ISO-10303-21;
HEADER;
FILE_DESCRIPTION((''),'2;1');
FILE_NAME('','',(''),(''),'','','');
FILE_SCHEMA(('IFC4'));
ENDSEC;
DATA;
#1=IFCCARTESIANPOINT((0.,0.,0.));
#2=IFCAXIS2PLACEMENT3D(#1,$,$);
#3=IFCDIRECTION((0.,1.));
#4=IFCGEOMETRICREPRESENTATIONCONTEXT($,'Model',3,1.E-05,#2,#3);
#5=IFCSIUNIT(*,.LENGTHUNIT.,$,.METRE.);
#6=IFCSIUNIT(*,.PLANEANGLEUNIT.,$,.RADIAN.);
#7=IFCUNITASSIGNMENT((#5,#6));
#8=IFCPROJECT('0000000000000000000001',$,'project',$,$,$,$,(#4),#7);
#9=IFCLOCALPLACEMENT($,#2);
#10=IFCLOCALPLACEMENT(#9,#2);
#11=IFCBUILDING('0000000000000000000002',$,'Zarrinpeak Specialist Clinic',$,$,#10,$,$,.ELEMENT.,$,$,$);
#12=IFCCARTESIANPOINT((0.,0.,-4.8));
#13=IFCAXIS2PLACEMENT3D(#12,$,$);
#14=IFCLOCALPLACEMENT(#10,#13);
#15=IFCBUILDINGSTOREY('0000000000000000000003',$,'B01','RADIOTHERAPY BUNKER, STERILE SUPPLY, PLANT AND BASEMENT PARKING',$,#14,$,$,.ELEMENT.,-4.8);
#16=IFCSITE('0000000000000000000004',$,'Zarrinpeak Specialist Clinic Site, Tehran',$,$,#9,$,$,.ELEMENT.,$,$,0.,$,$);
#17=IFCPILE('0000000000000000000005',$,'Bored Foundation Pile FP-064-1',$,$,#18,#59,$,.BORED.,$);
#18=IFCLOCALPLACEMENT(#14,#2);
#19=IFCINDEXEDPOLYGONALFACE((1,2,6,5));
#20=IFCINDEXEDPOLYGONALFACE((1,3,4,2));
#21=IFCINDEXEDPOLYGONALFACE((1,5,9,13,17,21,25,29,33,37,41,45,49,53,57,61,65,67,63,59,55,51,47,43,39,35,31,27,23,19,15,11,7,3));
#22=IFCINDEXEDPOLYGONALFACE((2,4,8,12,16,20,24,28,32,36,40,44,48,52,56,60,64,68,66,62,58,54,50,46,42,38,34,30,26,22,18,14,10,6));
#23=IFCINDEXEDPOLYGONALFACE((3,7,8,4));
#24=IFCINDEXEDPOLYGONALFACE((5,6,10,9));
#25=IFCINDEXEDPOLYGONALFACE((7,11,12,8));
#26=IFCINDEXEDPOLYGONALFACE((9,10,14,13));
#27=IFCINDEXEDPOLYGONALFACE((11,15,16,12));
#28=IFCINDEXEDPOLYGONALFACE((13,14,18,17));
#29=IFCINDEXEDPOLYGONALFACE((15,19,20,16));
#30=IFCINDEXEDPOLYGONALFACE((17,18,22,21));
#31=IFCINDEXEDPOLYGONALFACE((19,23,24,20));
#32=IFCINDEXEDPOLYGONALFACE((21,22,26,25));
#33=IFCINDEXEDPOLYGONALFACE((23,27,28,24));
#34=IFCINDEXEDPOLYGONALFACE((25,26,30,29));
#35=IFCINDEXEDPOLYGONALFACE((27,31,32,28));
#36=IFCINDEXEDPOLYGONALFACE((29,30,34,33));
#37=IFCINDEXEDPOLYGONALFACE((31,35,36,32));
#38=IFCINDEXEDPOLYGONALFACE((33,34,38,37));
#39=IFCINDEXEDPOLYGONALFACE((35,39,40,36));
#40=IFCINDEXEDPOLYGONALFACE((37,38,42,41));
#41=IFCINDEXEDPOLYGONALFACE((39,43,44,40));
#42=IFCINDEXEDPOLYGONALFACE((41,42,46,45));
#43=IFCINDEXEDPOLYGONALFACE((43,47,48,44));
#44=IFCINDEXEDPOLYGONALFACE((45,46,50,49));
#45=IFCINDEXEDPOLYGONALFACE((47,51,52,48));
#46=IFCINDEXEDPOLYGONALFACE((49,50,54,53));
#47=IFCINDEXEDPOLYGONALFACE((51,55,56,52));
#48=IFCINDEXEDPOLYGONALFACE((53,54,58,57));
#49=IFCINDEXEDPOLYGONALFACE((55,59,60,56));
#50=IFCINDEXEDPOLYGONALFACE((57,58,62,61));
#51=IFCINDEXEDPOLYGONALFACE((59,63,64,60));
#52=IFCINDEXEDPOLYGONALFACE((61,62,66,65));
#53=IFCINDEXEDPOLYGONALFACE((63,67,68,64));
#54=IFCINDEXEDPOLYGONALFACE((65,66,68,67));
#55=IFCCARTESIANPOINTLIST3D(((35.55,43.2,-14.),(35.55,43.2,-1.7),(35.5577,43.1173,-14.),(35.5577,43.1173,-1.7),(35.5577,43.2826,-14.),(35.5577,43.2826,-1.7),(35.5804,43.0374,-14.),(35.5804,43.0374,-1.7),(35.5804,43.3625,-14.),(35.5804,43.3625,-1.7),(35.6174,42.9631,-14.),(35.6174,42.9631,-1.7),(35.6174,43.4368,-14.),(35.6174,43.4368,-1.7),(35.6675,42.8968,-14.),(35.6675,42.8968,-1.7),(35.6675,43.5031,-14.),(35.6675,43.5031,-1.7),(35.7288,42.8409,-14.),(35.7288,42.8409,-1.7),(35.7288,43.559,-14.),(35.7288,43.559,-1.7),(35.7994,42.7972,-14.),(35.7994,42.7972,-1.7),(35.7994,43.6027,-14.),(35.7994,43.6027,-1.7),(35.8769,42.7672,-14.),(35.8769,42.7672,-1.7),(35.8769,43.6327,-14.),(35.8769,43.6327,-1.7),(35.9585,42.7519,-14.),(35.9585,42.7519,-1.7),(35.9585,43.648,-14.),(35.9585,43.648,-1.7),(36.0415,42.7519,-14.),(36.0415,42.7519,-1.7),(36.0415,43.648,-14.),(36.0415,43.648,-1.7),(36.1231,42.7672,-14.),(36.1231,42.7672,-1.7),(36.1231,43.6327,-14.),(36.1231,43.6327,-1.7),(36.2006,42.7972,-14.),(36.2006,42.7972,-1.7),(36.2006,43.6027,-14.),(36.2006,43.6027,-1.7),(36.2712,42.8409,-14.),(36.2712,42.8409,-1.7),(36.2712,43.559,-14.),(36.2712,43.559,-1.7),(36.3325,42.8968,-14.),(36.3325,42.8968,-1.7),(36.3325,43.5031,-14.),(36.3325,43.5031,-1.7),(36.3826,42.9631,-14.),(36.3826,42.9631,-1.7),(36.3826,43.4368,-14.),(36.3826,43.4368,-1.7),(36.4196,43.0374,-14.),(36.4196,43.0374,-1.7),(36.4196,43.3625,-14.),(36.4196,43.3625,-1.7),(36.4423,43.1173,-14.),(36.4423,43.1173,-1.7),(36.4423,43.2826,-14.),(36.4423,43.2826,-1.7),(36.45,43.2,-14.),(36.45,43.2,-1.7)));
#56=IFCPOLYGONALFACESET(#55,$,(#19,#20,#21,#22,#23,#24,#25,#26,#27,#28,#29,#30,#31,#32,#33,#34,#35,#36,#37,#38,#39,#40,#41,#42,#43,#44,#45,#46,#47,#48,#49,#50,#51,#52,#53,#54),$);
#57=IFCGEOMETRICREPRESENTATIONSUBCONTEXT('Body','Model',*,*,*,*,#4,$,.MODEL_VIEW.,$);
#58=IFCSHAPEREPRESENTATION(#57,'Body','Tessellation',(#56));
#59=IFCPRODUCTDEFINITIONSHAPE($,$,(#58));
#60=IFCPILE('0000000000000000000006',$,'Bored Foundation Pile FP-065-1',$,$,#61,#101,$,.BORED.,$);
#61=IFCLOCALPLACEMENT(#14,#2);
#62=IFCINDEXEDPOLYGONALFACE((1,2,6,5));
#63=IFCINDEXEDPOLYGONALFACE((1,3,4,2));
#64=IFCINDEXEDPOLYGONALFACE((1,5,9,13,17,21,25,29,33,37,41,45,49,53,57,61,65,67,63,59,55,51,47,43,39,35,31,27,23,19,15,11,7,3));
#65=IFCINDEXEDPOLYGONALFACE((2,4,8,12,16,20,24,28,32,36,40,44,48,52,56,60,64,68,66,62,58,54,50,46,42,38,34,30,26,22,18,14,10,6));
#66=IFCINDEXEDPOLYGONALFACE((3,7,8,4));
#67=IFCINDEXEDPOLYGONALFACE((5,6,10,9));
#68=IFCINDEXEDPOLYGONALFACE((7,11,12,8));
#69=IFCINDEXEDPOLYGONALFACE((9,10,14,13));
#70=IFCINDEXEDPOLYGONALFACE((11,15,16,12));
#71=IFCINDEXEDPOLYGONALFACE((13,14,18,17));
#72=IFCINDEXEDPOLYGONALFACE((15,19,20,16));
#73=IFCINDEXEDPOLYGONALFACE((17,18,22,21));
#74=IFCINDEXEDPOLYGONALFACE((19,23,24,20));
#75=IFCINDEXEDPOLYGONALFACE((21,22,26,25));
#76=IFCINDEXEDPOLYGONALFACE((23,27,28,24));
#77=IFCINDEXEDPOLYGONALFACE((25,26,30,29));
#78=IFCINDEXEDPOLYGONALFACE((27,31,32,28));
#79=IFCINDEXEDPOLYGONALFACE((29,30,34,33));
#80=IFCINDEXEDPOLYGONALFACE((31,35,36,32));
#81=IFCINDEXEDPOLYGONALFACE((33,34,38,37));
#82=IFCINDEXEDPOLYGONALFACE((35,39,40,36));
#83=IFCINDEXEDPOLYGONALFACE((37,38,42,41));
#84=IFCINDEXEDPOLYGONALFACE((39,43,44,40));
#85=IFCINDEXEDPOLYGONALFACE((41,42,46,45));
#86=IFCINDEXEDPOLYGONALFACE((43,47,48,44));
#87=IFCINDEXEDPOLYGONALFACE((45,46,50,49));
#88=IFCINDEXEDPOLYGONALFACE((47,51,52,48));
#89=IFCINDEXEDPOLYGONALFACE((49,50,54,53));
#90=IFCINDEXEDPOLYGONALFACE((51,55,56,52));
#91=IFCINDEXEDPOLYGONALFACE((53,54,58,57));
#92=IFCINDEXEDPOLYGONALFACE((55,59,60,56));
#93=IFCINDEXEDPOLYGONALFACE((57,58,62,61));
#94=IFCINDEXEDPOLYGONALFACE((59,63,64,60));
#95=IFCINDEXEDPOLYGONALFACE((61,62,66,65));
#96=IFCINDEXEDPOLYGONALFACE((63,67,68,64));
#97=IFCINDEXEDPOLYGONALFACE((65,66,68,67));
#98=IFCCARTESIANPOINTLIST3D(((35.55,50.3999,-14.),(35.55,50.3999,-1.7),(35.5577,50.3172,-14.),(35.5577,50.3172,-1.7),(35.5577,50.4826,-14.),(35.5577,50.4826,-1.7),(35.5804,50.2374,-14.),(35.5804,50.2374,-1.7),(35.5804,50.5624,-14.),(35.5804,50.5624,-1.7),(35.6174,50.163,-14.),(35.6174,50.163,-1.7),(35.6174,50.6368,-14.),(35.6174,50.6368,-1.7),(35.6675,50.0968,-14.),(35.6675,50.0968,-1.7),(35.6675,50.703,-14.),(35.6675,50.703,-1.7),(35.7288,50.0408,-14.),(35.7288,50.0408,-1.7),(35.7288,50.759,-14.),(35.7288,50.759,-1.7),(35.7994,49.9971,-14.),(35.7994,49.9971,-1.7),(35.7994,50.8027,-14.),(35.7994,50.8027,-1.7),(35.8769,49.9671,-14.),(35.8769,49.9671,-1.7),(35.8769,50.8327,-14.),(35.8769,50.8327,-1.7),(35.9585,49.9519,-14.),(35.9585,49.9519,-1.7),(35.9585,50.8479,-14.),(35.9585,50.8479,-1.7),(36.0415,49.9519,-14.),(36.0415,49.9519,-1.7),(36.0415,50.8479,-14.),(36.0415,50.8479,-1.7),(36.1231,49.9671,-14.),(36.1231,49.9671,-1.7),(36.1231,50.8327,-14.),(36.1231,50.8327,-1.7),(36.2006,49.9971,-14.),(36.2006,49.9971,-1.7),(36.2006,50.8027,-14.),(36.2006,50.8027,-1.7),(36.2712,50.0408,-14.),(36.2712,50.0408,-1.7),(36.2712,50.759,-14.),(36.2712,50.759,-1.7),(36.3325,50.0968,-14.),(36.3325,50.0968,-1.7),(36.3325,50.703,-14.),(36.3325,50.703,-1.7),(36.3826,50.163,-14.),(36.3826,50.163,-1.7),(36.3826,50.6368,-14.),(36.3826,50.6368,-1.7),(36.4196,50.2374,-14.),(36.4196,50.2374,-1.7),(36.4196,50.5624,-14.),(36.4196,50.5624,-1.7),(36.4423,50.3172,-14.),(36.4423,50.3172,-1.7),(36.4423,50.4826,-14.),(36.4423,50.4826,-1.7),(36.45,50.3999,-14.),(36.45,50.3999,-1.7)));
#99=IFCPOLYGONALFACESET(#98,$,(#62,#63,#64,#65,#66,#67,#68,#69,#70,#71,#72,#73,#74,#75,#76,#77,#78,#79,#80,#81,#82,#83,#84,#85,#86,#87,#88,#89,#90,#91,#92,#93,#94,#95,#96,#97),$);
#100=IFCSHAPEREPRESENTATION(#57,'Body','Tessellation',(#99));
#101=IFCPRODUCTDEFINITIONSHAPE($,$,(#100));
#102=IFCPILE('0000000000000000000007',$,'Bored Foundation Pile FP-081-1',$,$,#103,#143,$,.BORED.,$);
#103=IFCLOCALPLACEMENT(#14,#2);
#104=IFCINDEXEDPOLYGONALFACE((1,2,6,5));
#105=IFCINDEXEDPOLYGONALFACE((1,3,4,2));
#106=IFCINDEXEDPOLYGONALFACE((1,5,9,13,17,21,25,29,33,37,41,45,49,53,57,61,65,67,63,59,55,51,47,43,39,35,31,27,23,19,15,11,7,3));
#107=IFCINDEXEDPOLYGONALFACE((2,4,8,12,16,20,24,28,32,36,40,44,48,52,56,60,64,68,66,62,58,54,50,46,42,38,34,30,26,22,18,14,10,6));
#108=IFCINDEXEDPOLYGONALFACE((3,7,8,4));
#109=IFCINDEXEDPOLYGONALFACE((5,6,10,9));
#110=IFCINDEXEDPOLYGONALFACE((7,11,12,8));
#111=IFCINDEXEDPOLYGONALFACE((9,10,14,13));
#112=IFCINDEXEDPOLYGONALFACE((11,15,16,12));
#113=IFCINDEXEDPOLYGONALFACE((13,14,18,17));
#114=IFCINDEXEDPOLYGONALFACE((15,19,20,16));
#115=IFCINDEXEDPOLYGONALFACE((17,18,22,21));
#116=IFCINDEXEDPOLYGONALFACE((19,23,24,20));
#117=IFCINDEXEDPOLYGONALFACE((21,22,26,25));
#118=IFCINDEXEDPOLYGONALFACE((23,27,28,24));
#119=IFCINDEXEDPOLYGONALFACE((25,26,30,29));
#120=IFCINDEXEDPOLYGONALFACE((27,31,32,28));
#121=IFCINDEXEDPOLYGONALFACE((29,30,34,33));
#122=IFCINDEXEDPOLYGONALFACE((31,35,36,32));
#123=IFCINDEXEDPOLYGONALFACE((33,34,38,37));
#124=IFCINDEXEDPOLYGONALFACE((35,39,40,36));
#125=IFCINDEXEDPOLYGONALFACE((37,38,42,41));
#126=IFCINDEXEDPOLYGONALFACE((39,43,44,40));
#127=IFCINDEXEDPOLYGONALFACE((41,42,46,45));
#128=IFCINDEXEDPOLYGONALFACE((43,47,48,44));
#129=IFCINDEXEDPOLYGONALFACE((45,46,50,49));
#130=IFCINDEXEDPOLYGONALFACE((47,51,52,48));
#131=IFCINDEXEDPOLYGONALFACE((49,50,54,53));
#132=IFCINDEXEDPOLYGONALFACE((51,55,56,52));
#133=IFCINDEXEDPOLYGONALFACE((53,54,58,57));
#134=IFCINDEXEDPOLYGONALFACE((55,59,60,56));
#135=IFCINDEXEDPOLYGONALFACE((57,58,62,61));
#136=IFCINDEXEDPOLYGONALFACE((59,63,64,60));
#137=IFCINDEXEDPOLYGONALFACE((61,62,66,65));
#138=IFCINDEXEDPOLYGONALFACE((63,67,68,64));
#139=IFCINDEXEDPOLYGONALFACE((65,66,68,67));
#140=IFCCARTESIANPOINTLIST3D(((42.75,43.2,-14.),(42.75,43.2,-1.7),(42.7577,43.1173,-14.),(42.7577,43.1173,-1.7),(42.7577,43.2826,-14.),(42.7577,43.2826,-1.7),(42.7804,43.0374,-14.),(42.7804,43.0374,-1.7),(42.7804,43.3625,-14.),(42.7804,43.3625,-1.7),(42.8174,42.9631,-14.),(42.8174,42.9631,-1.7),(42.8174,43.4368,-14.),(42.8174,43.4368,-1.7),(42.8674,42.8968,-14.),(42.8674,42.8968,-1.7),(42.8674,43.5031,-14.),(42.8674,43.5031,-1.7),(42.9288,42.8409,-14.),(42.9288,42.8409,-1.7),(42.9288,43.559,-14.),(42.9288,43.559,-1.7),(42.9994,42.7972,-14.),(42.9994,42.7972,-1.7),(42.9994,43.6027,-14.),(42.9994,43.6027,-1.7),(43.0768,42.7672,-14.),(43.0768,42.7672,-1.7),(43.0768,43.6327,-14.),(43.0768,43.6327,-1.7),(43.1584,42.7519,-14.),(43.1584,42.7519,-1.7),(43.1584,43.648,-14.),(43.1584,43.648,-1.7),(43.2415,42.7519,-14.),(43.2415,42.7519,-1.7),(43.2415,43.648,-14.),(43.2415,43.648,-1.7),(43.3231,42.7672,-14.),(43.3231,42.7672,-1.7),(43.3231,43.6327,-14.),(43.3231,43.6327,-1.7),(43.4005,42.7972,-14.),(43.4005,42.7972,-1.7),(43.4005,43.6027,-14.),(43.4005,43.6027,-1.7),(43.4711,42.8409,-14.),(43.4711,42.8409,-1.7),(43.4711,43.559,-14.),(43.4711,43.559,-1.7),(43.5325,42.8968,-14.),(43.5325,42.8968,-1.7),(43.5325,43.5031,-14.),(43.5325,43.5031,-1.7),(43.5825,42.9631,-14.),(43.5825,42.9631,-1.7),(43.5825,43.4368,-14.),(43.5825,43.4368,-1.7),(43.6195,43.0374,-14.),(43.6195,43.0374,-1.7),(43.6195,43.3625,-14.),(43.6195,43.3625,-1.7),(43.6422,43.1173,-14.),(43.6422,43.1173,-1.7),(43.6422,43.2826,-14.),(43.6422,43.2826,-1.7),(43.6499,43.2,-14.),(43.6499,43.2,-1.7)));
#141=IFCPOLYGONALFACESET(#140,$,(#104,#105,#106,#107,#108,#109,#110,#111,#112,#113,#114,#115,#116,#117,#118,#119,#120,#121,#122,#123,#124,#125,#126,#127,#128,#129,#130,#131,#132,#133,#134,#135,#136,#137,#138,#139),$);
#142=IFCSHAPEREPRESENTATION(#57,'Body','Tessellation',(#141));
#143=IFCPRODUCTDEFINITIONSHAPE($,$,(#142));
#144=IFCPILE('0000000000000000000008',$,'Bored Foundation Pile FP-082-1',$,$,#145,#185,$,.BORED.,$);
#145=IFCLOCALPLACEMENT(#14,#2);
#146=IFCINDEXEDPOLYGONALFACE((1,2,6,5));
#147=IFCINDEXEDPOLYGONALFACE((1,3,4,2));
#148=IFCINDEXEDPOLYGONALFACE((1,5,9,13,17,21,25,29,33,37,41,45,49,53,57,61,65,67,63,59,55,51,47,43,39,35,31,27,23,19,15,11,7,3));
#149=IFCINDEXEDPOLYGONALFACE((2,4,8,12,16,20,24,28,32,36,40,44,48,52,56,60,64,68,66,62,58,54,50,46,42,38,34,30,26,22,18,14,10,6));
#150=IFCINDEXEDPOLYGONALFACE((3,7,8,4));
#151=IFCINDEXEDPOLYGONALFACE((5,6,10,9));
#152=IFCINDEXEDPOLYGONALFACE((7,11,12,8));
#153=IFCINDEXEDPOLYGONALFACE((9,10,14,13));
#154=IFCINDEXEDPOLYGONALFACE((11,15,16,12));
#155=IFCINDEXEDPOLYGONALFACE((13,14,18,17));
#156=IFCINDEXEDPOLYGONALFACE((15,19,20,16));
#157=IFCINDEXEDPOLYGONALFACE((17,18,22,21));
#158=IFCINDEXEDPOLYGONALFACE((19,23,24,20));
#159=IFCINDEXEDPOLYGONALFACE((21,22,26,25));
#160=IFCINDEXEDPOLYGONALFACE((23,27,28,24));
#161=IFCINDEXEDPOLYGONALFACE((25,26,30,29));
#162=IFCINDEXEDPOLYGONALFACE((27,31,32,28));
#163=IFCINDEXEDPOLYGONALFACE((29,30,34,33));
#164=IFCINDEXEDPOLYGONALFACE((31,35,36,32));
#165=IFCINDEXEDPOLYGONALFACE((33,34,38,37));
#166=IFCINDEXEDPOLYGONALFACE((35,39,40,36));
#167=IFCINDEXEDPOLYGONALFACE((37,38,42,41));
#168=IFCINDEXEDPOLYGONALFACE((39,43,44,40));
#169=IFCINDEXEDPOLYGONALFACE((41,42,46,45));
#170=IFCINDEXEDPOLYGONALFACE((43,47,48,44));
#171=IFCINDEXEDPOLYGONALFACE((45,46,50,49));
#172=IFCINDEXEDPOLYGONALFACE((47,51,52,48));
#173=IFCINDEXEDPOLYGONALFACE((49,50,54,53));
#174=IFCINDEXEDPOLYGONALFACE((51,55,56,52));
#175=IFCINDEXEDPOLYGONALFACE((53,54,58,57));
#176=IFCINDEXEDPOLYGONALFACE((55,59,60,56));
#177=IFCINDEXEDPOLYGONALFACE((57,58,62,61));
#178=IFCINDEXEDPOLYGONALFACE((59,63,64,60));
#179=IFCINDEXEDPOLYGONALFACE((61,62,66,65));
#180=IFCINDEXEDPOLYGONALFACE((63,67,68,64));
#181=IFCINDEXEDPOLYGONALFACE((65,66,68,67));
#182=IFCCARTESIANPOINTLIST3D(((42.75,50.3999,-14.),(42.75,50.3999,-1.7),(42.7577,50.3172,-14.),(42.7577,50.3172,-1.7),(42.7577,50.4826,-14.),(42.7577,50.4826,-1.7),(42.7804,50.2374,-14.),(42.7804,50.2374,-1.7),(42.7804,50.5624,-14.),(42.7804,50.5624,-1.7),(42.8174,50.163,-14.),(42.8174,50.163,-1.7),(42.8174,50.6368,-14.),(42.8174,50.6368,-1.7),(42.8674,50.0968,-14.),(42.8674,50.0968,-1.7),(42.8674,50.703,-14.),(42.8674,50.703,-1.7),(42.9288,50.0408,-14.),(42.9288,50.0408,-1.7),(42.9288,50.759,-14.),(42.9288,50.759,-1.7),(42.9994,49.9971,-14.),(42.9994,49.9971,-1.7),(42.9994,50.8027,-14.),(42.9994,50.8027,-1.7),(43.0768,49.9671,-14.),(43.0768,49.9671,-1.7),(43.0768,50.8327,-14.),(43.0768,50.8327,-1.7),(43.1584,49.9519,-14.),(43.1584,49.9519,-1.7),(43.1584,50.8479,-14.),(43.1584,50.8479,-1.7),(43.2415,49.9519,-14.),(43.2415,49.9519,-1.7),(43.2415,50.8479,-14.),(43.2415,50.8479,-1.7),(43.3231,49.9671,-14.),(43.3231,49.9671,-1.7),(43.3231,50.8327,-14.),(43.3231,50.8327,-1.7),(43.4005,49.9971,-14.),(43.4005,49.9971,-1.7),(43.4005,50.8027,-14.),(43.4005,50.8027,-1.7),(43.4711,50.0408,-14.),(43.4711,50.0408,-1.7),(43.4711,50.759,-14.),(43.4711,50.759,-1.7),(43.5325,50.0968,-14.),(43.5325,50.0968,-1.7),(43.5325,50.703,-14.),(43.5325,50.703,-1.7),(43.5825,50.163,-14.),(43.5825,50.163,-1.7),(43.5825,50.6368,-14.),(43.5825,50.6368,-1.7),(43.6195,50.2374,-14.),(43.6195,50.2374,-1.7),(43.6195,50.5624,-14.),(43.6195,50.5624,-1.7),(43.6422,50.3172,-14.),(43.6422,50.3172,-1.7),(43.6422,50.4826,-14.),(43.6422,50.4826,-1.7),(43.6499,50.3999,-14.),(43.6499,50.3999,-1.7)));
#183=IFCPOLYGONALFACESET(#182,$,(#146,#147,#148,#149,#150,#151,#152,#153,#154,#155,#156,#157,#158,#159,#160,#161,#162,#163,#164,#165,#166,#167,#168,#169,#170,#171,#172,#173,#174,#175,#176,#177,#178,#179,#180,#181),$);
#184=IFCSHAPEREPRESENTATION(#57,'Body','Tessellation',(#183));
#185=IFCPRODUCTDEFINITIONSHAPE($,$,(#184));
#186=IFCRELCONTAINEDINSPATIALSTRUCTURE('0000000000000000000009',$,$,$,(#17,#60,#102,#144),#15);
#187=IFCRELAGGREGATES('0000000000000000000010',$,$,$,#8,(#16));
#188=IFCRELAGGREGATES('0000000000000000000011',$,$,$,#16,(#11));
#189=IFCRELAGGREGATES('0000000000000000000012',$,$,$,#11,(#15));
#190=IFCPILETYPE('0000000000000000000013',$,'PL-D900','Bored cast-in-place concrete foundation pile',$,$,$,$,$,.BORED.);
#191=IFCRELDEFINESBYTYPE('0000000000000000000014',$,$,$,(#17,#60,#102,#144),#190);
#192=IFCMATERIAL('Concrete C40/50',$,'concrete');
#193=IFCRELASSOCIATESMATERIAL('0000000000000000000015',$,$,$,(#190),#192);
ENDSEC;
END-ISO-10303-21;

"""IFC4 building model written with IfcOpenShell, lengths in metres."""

from ifc_helpers import new_model, si_unit, direction, frame, origin, origin_2d, place, context, subcontext, project, spatial, circle, extrude, material, material_profile, profile_set, type_object, element, save


model = new_model("IFC4")

# Units and contexts
model_context = context("Model", 3, precision=1e-05, world=origin(), true_north=direction((0.0, 1.0)))
body_context = subcontext(model_context, "Body", "Model", "MODEL_VIEW")
ifc_project = project(units=[si_unit("LENGTHUNIT", "METRE"), si_unit("PLANEANGLEUNIT", "RADIAN")], contexts=[model_context])

# Site, building, storey
site_placement = place(None, origin())
site = spatial("IfcSite", under=ifc_project, at=site_placement, Name="Zarrinpeak Specialist Clinic Site, Tehran", CompositionType="ELEMENT", RefElevation=0.0)
building_placement = place(site_placement, origin())
building = spatial("IfcBuilding", under=site, at=building_placement, Name="Zarrinpeak Specialist Clinic", CompositionType="ELEMENT")
storey_placement = place(building_placement, frame((0.0, 0.0, -4.8)))
storey = spatial("IfcBuildingStorey", under=building, at=storey_placement, Name="B01", Description="RADIOTHERAPY BUNKER, STERILE SUPPLY, PLANT AND BASEMENT PARKING", CompositionType="ELEMENT", Elevation=-4.8)

# Shared definitions
ifc_material_1 = material(Name="Concrete C40/50", Category="concrete")

# Piles
ifc_material_profile_1 = material_profile(ifc_material_1, circle(Radius=0.45, at=origin_2d()), Name="BORED PILE D900")
ifc_profile_set_1 = profile_set([ifc_material_profile_1], Name="Concrete C40/50")
pile_type_1 = type_object("IfcPileType", Name="PL-D900", Description="Bored cast-in-place concrete foundation pile", PredefinedType="BORED", material=ifc_profile_set_1)
for number, where, z_axis, x_axis, name in (
    (1, (36.0, 43.2, -1.7), (0.0, 0.0, -1.0), (1.0, 0.0, 0.0), "Bored Foundation Pile FP-064-1"),
    (2, (36.0, 50.3999, -1.7), (0.0, 0.0, -1.0), (1.0, 0.0, 0.0), "Bored Foundation Pile FP-065-1"),
    (3, (43.2, 43.2, -1.7), (0.0, 0.0, -1.0), (1.0, 0.0, 0.0), "Bored Foundation Pile FP-081-1"),
    (4, (43.2, 50.3999, -1.7), (0.0, 0.0, -1.0), (1.0, 0.0, 0.0), "Bored Foundation Pile FP-082-1"),
):
    element("IfcPile", number, at=place(storey_placement, frame(where, z_axis=z_axis, x_axis=x_axis)), inside=storey, type_object=pile_type_1, Name=name, PredefinedType="BORED", context=body_context, shape_type="SweptSolid", body=[
        extrude(circle(Radius=0.45, at=origin_2d()), origin(), (0.0, 0.0, 1.0), 12.3),
    ])

save(model, "model.ifc")
